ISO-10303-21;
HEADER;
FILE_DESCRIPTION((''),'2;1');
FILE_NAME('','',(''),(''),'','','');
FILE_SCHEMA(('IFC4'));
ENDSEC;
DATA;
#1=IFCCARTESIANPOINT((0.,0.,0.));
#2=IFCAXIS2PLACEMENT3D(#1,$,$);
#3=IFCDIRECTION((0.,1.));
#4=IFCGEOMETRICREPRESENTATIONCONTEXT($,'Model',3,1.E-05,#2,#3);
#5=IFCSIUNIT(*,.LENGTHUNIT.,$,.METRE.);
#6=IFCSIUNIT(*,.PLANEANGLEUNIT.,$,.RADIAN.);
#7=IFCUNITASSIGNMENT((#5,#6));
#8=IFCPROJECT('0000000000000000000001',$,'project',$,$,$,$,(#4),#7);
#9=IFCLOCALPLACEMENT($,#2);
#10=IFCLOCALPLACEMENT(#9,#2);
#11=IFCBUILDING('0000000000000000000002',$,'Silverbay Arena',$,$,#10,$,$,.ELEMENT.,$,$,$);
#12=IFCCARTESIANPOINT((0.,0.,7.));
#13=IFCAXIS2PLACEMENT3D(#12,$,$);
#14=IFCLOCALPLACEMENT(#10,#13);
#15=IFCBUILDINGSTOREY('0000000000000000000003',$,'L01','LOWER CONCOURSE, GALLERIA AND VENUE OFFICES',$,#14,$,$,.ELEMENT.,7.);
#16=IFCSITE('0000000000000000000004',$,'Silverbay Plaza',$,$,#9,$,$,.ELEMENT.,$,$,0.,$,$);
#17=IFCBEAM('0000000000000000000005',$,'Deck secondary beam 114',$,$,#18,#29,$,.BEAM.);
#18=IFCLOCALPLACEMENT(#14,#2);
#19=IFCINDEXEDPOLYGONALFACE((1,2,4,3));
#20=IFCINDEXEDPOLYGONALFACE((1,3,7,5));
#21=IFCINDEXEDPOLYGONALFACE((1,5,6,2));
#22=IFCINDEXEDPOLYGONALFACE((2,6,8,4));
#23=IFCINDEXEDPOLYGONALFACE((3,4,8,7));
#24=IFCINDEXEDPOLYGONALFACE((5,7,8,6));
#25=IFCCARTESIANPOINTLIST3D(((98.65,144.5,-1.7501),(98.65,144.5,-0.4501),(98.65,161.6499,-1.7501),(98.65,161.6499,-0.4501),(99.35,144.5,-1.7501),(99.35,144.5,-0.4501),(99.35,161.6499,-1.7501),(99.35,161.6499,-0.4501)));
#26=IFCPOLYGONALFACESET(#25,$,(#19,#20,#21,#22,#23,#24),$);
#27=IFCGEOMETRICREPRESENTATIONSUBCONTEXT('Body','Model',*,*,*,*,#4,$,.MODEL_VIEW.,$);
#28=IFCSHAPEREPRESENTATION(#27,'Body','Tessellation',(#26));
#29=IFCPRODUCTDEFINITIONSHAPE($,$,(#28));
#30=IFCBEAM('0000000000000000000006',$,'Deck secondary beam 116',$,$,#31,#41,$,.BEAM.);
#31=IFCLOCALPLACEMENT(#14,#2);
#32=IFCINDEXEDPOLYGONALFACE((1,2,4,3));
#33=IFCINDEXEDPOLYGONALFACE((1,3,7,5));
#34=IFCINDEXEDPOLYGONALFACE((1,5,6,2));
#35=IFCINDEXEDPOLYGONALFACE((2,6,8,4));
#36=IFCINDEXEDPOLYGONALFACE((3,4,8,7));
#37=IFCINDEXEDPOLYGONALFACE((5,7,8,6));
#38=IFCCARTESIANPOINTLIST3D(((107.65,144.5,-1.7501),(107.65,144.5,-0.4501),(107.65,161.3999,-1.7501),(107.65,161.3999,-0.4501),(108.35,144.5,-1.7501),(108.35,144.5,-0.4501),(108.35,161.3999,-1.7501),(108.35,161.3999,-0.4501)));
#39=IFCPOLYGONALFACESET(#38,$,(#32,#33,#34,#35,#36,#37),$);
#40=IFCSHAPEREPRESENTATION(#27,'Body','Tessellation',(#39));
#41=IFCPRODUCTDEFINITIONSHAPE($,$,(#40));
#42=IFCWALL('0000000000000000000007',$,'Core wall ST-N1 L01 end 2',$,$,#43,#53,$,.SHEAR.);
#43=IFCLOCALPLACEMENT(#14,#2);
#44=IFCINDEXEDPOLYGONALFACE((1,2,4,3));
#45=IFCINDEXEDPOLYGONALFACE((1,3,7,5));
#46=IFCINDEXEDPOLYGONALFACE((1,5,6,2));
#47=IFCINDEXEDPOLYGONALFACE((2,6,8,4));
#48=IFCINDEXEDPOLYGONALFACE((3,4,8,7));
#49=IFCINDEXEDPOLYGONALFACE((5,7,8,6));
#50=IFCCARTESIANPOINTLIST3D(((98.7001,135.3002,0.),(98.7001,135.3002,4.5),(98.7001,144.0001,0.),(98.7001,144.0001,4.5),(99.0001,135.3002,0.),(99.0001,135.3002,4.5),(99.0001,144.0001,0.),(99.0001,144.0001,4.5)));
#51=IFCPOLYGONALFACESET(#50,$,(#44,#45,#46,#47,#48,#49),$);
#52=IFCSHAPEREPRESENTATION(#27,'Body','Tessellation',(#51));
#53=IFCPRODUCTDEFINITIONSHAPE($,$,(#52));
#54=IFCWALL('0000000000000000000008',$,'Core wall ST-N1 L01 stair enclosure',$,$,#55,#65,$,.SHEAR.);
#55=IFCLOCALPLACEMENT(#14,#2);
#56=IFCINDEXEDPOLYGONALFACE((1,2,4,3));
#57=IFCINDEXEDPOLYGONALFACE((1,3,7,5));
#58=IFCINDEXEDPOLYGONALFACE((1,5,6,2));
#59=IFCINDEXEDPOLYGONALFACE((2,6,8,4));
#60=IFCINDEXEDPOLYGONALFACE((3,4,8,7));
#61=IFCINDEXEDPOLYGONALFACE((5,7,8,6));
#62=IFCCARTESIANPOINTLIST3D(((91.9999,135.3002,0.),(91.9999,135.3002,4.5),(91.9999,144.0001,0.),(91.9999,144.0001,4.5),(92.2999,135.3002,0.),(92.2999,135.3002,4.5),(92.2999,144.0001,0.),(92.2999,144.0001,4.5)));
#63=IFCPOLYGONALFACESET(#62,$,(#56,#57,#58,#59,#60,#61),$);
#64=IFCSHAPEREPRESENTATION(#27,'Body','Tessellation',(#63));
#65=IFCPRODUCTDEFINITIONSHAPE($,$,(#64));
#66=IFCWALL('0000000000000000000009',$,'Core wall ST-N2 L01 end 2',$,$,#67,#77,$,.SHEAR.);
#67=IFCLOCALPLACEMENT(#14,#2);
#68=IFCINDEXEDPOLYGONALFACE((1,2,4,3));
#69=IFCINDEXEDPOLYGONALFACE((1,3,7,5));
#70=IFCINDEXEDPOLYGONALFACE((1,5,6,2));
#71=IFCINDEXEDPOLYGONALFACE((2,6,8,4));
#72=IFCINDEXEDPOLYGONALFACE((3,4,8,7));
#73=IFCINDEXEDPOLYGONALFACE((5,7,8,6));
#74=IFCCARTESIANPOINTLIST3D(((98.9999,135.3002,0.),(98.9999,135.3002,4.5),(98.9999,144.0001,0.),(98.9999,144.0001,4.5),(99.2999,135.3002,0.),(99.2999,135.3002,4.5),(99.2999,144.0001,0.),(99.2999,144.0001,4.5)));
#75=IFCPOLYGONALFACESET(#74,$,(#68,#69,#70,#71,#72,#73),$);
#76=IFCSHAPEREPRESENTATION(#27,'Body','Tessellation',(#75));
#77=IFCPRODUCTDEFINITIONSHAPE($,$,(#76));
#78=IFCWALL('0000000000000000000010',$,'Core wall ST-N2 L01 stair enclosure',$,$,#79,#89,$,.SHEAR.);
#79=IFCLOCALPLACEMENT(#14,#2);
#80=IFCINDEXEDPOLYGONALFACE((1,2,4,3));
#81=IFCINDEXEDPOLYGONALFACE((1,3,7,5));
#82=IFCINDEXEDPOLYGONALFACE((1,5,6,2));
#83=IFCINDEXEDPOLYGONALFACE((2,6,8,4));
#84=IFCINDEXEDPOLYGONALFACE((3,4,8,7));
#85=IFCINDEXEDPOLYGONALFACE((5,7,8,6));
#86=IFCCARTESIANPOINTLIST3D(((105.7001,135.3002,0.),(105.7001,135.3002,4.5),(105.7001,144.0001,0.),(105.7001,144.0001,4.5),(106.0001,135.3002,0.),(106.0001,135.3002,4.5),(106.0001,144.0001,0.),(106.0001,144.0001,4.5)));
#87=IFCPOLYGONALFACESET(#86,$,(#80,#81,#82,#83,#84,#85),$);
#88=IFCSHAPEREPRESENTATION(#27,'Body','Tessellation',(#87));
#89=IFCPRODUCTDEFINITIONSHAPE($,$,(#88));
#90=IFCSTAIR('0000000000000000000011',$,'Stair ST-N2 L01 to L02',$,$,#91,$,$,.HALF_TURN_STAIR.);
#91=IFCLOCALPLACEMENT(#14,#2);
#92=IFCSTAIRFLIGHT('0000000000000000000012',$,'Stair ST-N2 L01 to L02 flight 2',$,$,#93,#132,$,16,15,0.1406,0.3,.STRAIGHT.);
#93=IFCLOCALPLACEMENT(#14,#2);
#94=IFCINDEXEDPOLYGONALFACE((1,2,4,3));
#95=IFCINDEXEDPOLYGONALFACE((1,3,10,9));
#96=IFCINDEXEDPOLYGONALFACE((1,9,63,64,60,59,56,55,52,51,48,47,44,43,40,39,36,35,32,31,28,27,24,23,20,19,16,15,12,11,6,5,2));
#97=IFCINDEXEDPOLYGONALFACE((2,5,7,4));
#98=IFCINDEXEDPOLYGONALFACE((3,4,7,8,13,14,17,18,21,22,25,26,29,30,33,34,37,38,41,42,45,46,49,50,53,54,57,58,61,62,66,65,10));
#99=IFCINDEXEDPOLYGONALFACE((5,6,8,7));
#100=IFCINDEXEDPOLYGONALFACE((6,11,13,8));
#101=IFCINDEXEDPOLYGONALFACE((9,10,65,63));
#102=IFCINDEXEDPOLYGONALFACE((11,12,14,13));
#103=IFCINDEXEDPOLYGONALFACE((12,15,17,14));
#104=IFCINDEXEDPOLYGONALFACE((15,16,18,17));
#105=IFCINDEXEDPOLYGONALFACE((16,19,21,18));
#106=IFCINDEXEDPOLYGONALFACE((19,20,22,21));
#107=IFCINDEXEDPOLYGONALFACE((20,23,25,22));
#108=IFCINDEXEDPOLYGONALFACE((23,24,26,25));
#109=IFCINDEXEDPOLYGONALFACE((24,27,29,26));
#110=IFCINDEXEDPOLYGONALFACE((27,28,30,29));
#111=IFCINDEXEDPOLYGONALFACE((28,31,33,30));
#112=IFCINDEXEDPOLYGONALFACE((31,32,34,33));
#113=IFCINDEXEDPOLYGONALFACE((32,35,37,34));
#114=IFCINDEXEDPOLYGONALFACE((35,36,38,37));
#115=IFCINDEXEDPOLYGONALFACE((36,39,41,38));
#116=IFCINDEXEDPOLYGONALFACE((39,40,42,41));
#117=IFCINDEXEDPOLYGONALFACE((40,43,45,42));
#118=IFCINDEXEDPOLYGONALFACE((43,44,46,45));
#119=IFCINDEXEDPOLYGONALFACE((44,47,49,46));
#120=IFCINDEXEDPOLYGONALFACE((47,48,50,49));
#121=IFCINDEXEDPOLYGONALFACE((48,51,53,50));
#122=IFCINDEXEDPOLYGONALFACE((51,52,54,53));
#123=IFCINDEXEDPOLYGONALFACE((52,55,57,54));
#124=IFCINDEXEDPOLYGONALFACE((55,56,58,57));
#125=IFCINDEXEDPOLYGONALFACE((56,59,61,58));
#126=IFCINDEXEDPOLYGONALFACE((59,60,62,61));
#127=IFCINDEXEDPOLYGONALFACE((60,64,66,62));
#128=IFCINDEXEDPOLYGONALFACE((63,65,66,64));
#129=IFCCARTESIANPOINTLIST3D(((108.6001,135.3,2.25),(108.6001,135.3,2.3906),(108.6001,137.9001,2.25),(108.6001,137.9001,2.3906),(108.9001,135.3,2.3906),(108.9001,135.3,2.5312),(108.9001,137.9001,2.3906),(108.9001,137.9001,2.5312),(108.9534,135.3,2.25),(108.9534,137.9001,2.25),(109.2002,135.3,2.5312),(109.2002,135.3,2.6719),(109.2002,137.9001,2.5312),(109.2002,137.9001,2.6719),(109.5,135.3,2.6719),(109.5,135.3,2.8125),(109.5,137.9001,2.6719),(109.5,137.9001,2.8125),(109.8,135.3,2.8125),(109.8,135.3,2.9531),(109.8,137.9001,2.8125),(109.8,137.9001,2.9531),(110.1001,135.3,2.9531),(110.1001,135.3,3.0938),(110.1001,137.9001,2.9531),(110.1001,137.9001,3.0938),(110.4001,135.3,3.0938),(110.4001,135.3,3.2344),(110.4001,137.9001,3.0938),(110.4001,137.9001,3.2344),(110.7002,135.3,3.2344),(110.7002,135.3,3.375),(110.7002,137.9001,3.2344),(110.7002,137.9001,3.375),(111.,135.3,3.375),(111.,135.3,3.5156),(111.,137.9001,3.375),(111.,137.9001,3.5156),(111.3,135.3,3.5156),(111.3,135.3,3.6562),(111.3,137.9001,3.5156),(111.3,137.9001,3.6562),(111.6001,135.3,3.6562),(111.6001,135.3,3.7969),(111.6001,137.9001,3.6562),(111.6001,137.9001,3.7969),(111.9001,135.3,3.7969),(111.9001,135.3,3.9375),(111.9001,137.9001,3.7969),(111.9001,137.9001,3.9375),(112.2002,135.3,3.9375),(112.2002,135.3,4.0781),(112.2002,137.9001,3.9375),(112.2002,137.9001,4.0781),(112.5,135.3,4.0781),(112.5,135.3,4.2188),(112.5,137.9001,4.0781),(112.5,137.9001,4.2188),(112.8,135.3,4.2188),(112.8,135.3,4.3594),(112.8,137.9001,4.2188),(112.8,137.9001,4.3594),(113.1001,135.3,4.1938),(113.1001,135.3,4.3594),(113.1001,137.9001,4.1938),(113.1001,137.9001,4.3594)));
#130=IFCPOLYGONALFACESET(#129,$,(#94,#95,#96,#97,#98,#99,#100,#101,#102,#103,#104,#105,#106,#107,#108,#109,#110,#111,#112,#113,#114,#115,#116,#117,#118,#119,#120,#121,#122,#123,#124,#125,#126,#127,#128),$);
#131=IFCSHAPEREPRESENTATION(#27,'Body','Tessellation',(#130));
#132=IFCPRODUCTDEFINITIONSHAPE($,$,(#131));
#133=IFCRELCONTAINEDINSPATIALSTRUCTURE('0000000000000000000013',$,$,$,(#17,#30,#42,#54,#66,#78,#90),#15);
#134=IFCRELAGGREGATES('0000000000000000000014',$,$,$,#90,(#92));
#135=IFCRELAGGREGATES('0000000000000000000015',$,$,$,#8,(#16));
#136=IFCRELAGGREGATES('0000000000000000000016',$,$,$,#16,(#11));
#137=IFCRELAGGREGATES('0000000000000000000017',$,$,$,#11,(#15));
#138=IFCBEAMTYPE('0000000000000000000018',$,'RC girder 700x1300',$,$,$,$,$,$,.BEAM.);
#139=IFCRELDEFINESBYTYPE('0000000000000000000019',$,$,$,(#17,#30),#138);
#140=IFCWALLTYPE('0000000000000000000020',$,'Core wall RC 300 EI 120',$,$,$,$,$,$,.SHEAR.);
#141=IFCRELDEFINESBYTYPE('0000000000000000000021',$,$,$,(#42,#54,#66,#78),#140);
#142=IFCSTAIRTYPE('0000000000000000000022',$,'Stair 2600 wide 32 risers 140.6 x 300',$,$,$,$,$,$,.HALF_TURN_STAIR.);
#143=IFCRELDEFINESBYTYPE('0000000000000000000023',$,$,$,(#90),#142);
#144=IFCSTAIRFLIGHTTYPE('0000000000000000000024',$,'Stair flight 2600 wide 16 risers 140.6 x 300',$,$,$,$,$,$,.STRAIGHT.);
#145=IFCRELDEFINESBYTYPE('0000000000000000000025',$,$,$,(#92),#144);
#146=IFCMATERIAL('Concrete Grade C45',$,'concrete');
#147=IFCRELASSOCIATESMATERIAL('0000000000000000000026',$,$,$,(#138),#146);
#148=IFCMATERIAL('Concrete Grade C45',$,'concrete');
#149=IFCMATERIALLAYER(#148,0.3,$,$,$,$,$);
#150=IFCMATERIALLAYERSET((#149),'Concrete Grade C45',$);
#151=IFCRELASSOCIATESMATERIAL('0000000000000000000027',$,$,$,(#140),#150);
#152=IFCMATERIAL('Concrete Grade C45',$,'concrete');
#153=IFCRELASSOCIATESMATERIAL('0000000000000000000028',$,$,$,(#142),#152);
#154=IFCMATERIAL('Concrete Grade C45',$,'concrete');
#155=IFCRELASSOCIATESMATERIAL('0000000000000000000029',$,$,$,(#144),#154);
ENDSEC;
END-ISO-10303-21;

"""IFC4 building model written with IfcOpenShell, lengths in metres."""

from ifc_helpers import new_model, si_unit, direction, frame, frame_2d, origin, origin_2d, place, context, subcontext, project, spatial, polyline, rectangle, outline, extrude, material, layer, layer_set, material_profile, profile_set, type_object, element, aggregate, save


model = new_model("IFC4")

# Units and contexts
model_context = context("Model", 3, precision=1e-05, world=origin(), true_north=direction((0.0, 1.0)))
body_context = subcontext(model_context, "Body", "Model", "MODEL_VIEW")
ifc_project = project(units=[si_unit("LENGTHUNIT", "METRE"), si_unit("PLANEANGLEUNIT", "RADIAN")], contexts=[model_context])

# Site, building, storey
site_placement = place(None, origin())
site = spatial("IfcSite", under=ifc_project, at=site_placement, Name="Silverbay Plaza", CompositionType="ELEMENT", RefElevation=0.0)
building_placement = place(site_placement, origin())
building = spatial("IfcBuilding", under=site, at=building_placement, Name="Silverbay Arena", CompositionType="ELEMENT")
storey_placement = place(building_placement, frame((0.0, 0.0, 7.0)))
storey = spatial("IfcBuildingStorey", under=building, at=storey_placement, Name="L01", Description="LOWER CONCOURSE, GALLERIA AND VENUE OFFICES", CompositionType="ELEMENT", Elevation=7.0)

# Beams
ifc_material_1 = material(Name="Concrete Grade C45", Category="concrete")
ifc_material_profile_1 = material_profile(ifc_material_1, rectangle(XDim=0.7, YDim=1.3, at=origin_2d()), Name="RC 700x1300")
ifc_profile_set_1 = profile_set([ifc_material_profile_1], Name="Concrete Grade C45")
beam_type = type_object("IfcBeamType", Name="RC girder 700x1300", PredefinedType="BEAM", material=ifc_profile_set_1)
beam_1_placement = place(storey_placement, frame((99.0, 144.5, -1.1001), z_axis=(0.0, 1.0, 0.0), x_axis=(-1.0, 0.0, 0.0)))
element("IfcBeam", 1, at=beam_1_placement, inside=storey, type_object=beam_type, Name="Deck secondary beam 114", PredefinedType="BEAM", context=body_context, shape_type="SweptSolid", body=[
    extrude(rectangle(XDim=0.7, YDim=1.3, at=origin_2d()), origin(), (0.0, 0.0, 1.0), 17.1499),
])
beam_2_placement = place(storey_placement, frame((108.0, 144.5, -1.1001), z_axis=(0.0, 1.0, 0.0), x_axis=(-1.0, 0.0, 0.0)))
element("IfcBeam", 2, at=beam_2_placement, inside=storey, type_object=beam_type, Name="Deck secondary beam 116", PredefinedType="BEAM", context=body_context, shape_type="SweptSolid", body=[
    extrude(rectangle(XDim=0.7, YDim=1.3, at=origin_2d()), origin(), (0.0, 0.0, 1.0), 16.8999),
])

# Walls
ifc_material_2 = material(Name="Concrete Grade C45", Category="concrete")
ifc_layer = layer(ifc_material_2, 0.3)
ifc_layer_set = layer_set([ifc_layer], Name="Concrete Grade C45")
wall_type = type_object("IfcWallType", Name="Core wall RC 300 EI 120", PredefinedType="SHEAR", material=ifc_layer_set)
for number, where, z_axis, x_axis, name in (
    (3, (98.8501, 135.3, 0.0), (0.0, 0.0, 1.0), (0.0, 1.0, 0.0), "Core wall ST-N1 L01 end 2"),
    (4, (92.1499, 135.3, 0.0), (0.0, 0.0, 1.0), (0.0, 1.0, 0.0), "Core wall ST-N1 L01 stair enclosure"),
    (5, (99.1499, 135.3, 0.0), (0.0, 0.0, 1.0), (0.0, 1.0, 0.0), "Core wall ST-N2 L01 end 2"),
    (6, (105.8501, 135.3, 0.0), (0.0, 0.0, 1.0), (0.0, 1.0, 0.0), "Core wall ST-N2 L01 stair enclosure"),
):
    element("IfcWall", number, at=place(storey_placement, frame(where, z_axis=z_axis, x_axis=x_axis)), inside=storey, type_object=wall_type, Name=name, PredefinedType="SHEAR", context=body_context, shape_type="SweptSolid", body=[
        extrude(rectangle(XDim=8.7, YDim=0.3, at=frame_2d((4.3501, 0.0))), origin(), (0.0, 0.0, 1.0), 4.5),
    ])

# Stair, stair flight
ifc_material_3 = material(Name="Concrete Grade C45", Category="concrete")
stair_type = type_object("IfcStairType", Name="Stair 2600 wide 32 risers 140.6 x 300", PredefinedType="HALF_TURN_STAIR", material=ifc_material_3)
stair_placement = place(storey_placement, origin())
stair = element("IfcStair", 7, at=stair_placement, inside=storey, type_object=stair_type, Name="Stair ST-N2 L01 to L02", PredefinedType="HALF_TURN_STAIR")
ifc_material_4 = material(Name="Concrete Grade C45", Category="concrete")
stair_flight_type = type_object("IfcStairFlightType", Name="Stair flight 2600 wide 16 risers 140.6 x 300", PredefinedType="STRAIGHT", material=ifc_material_4)
stair_flight_placement = place(storey_placement, frame((108.6001, 136.6001, 2.25), z_axis=(0.0, 0.0, 1.0), x_axis=(1.0, 0.0, 0.0)))
stair_flight = element("IfcStairFlight", 8, at=stair_flight_placement, type_object=stair_flight_type, Name="Stair ST-N2 L01 to L02 flight 2", NumberOfRisers=16, NumberOfTreads=15, PredefinedType="STRAIGHT", RiserHeight=0.1406, TreadLength=0.3, context=body_context, shape_type="SweptSolid", body=[
    extrude(outline(polyline([(0.0, 0.0), (0.0, 0.1406), (0.3, 0.1406), (0.3, 0.2812), (0.6001, 0.2812), (0.6001, 0.4219), (0.8999, 0.4219), (0.8999, 0.5625), (1.2, 0.5625), (1.2, 0.7031), (1.5, 0.7031), (1.5, 0.8438), (1.8, 0.8438), (1.8, 0.9844), (2.1001, 0.9844), (2.1001, 1.125), (2.3999, 1.125), (2.3999, 1.2656), (2.7, 1.2656), (2.7, 1.4062), (3.0, 1.4062), (3.0, 1.5469), (3.3, 1.5469), (3.3, 1.6875), (3.6001, 1.6875), (3.6001, 1.8281), (3.8999, 1.8281), (3.8999, 1.9688), (4.2, 1.9688), (4.2, 2.1094), (4.5, 2.1094), (4.5, 1.9438), (0.3533, 0.0), (0.0, 0.0)])), frame((0.0, 1.3, 0.0), z_axis=(0.0, -1.0, 0.0), x_axis=(1.0, 0.0, 0.0)), (0.0, 0.0, 1.0), 2.6001),
])
aggregate(stair, [stair_flight])

save(model, "model.ifc")
